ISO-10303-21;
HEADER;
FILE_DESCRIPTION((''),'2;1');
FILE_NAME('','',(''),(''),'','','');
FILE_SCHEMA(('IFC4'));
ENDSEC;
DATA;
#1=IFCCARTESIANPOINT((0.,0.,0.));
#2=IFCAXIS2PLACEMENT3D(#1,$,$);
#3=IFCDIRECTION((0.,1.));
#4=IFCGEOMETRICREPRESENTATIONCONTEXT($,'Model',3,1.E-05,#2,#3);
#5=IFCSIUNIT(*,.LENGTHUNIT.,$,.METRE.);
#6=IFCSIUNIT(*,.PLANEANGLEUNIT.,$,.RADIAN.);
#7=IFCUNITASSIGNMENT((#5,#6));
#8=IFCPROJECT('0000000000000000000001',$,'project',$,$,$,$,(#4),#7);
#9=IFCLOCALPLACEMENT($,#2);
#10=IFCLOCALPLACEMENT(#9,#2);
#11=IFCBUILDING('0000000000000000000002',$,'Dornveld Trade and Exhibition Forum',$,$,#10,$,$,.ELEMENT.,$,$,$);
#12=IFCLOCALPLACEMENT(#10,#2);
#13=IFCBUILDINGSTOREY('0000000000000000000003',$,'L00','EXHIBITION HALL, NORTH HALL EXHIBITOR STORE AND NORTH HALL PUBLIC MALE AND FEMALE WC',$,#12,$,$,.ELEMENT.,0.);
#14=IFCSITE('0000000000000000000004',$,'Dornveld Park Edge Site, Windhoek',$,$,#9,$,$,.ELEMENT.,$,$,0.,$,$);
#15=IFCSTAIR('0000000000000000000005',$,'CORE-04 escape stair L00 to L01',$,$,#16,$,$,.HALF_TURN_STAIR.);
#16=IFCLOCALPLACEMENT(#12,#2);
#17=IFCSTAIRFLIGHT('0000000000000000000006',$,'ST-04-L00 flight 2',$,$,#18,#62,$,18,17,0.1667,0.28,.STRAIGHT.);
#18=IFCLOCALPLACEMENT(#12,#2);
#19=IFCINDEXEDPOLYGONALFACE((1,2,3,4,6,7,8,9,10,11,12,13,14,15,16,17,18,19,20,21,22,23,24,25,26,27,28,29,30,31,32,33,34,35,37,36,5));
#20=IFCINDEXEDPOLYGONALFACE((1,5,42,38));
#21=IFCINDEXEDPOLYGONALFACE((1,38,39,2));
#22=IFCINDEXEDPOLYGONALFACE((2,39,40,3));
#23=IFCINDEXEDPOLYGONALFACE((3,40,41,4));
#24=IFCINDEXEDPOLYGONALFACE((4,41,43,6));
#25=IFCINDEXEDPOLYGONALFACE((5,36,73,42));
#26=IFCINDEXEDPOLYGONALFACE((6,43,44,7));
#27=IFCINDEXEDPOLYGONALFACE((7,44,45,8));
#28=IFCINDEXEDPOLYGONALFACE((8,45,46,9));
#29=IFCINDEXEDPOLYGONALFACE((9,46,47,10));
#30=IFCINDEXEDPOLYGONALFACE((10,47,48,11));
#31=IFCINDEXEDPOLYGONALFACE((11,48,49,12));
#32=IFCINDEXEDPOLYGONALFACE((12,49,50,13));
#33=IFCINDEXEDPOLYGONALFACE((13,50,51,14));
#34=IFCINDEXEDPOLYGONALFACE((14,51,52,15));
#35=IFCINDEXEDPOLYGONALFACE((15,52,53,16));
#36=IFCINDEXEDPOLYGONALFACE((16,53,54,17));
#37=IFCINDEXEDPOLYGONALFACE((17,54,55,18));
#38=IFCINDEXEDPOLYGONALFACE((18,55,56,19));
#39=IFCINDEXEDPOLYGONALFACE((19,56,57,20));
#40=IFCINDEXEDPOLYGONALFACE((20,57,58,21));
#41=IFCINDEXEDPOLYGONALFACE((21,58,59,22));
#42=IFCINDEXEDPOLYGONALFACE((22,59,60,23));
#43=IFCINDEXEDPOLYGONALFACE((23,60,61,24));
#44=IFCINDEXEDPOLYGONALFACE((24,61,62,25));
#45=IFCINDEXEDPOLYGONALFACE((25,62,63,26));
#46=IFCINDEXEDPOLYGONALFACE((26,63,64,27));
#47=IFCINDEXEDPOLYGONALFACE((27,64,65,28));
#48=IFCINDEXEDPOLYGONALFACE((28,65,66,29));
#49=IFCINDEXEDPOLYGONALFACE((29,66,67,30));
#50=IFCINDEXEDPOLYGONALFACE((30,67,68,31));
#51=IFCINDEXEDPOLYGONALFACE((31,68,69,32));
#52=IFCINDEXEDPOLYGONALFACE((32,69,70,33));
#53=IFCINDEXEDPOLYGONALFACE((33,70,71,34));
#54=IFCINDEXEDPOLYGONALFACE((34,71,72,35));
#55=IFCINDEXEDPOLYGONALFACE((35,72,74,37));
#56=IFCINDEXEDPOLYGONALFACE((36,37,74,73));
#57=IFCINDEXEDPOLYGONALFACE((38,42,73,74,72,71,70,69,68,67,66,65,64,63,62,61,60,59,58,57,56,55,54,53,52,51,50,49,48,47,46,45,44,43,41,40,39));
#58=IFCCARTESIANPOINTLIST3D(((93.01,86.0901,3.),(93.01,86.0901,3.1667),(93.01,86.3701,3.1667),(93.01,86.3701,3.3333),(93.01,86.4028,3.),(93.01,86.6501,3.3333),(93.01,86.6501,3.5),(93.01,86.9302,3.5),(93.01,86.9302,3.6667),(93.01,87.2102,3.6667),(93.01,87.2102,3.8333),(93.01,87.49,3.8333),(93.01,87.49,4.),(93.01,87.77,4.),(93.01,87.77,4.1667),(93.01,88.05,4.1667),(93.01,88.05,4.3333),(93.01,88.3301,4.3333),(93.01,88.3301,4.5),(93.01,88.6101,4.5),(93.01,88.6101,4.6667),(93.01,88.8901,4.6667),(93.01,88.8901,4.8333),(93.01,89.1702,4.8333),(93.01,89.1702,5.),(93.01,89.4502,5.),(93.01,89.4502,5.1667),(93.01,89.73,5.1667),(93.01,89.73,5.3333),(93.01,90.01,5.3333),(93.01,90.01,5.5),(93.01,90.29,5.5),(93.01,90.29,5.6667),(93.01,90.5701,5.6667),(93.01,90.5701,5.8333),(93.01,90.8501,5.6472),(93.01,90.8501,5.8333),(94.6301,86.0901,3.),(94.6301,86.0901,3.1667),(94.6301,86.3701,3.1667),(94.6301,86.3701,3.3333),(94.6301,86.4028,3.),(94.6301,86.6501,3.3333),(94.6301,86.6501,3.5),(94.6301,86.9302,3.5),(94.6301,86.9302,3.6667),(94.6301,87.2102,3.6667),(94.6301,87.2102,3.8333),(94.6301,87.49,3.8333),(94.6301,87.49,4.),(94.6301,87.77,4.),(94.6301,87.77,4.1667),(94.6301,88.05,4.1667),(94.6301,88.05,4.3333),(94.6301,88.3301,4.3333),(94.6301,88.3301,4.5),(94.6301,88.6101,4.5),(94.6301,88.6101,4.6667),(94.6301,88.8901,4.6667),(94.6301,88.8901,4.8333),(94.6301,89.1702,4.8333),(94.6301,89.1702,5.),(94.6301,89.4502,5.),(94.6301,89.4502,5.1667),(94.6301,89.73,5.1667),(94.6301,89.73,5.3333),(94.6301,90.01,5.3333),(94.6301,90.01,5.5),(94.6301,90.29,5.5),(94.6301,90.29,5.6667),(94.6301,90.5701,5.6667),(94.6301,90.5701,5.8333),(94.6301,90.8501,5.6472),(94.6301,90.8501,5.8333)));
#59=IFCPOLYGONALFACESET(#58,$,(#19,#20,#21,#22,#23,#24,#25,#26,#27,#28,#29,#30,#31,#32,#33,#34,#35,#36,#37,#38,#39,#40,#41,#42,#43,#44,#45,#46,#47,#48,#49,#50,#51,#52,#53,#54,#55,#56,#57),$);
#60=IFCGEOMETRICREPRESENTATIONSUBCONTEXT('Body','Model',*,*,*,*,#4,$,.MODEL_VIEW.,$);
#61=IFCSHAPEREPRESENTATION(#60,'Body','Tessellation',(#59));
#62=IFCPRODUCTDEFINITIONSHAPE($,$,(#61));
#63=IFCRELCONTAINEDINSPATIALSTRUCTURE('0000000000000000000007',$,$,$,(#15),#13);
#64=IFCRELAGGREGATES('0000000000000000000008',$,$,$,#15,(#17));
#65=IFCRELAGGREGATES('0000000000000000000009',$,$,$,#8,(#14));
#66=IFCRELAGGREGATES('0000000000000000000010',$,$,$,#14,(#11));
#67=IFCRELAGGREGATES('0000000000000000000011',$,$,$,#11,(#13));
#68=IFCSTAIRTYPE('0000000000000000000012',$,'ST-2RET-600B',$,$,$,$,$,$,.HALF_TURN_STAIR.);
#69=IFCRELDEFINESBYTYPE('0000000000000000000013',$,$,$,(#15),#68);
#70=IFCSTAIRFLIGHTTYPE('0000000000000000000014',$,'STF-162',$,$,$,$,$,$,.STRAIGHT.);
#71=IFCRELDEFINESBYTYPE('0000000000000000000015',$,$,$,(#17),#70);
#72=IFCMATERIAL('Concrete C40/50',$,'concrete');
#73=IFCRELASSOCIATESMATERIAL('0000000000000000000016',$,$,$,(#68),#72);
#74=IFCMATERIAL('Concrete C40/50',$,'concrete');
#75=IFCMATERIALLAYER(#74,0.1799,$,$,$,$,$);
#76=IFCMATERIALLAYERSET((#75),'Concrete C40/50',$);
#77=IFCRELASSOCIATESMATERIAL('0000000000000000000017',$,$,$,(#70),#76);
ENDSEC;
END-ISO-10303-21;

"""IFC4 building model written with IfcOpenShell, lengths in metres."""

from ifc_helpers import new_model, si_unit, direction, frame, origin, place, context, subcontext, project, spatial, polyline, outline, extrude, material, layer, layer_set, type_object, element, aggregate, save


model = new_model("IFC4")

# Units and contexts
model_context = context("Model", 3, precision=1e-05, world=origin(), true_north=direction((0.0, 1.0)))
body_context = subcontext(model_context, "Body", "Model", "MODEL_VIEW")
ifc_project = project(units=[si_unit("LENGTHUNIT", "METRE"), si_unit("PLANEANGLEUNIT", "RADIAN")], contexts=[model_context])

# Site, building, storey
site_placement = place(None, origin())
site = spatial("IfcSite", under=ifc_project, at=site_placement, Name="Dornveld Park Edge Site, Windhoek", CompositionType="ELEMENT", RefElevation=0.0)
building_placement = place(site_placement, origin())
building = spatial("IfcBuilding", under=site, at=building_placement, Name="Dornveld Trade and Exhibition Forum", CompositionType="ELEMENT")
storey_placement = place(building_placement, origin())
storey = spatial("IfcBuildingStorey", under=building, at=storey_placement, Name="L00", Description="EXHIBITION HALL, NORTH HALL EXHIBITOR STORE AND NORTH HALL PUBLIC MALE AND FEMALE WC", CompositionType="ELEMENT", Elevation=0.0)

# Stair, stair flight
ifc_material_1 = material(Name="Concrete C40/50", Category="concrete")
stair_type_1 = type_object("IfcStairType", Name="ST-2RET-600B", PredefinedType="HALF_TURN_STAIR", material=ifc_material_1)
stair_1_placement = place(storey_placement, origin())
stair_1 = element("IfcStair", 1, at=stair_1_placement, inside=storey, type_object=stair_type_1, Name="CORE-04 escape stair L00 to L01", PredefinedType="HALF_TURN_STAIR")
ifc_material_2 = material(Name="Concrete C40/50", Category="concrete")
ifc_layer_1 = layer(ifc_material_2, 0.1799)
ifc_layer_set_1 = layer_set([ifc_layer_1], Name="Concrete C40/50")
stair_flight_type_1 = type_object("IfcStairFlightType", Name="STF-162", PredefinedType="STRAIGHT", material=ifc_layer_set_1)
stair_flight_1_placement = place(storey_placement, frame((93.8201, 86.0901, 3.0), z_axis=(0.0, 0.0, 1.0), x_axis=(0.0, 1.0, 0.0)))
stair_flight_1 = element("IfcStairFlight", 2, at=stair_flight_1_placement, type_object=stair_flight_type_1, Name="ST-04-L00 flight 2", NumberOfRisers=18, NumberOfTreads=17, PredefinedType="STRAIGHT", RiserHeight=0.1667, TreadLength=0.28, context=body_context, shape_type="SweptSolid", body=[
    extrude(outline(polyline([(0.0, 0.0), (0.0, 0.1667), (0.28, 0.1667), (0.28, 0.3333), (0.5601, 0.3333), (0.5601, 0.5), (0.8401, 0.5), (0.8401, 0.6667), (1.1201, 0.6667), (1.1201, 0.8333), (1.3999, 0.8333), (1.3999, 1.0), (1.6799, 1.0), (1.6799, 1.1667), (1.96, 1.1667), (1.96, 1.3333), (2.24, 1.3333), (2.24, 1.5), (2.52, 1.5), (2.52, 1.6667), (2.8, 1.6667), (2.8, 1.8333), (3.0801, 1.8333), (3.0801, 2.0), (3.3601, 2.0), (3.3601, 2.1667), (3.6399, 2.1667), (3.6399, 2.3333), (3.9199, 2.3333), (3.9199, 2.5), (4.2, 2.5), (4.2, 2.6667), (4.48, 2.6667), (4.48, 2.8333), (4.76, 2.8333), (4.76, 3.0), (4.76, 2.6472), (0.3127, 0.0), (0.0, 0.0)])), frame((0.0, 0.8101, 0.0), z_axis=(0.0, -1.0, 0.0), x_axis=(1.0, 0.0, 0.0)), (0.0, 0.0, 1.0), 1.6201),
])
aggregate(stair_1, [stair_flight_1])

save(model, "model.ifc")
